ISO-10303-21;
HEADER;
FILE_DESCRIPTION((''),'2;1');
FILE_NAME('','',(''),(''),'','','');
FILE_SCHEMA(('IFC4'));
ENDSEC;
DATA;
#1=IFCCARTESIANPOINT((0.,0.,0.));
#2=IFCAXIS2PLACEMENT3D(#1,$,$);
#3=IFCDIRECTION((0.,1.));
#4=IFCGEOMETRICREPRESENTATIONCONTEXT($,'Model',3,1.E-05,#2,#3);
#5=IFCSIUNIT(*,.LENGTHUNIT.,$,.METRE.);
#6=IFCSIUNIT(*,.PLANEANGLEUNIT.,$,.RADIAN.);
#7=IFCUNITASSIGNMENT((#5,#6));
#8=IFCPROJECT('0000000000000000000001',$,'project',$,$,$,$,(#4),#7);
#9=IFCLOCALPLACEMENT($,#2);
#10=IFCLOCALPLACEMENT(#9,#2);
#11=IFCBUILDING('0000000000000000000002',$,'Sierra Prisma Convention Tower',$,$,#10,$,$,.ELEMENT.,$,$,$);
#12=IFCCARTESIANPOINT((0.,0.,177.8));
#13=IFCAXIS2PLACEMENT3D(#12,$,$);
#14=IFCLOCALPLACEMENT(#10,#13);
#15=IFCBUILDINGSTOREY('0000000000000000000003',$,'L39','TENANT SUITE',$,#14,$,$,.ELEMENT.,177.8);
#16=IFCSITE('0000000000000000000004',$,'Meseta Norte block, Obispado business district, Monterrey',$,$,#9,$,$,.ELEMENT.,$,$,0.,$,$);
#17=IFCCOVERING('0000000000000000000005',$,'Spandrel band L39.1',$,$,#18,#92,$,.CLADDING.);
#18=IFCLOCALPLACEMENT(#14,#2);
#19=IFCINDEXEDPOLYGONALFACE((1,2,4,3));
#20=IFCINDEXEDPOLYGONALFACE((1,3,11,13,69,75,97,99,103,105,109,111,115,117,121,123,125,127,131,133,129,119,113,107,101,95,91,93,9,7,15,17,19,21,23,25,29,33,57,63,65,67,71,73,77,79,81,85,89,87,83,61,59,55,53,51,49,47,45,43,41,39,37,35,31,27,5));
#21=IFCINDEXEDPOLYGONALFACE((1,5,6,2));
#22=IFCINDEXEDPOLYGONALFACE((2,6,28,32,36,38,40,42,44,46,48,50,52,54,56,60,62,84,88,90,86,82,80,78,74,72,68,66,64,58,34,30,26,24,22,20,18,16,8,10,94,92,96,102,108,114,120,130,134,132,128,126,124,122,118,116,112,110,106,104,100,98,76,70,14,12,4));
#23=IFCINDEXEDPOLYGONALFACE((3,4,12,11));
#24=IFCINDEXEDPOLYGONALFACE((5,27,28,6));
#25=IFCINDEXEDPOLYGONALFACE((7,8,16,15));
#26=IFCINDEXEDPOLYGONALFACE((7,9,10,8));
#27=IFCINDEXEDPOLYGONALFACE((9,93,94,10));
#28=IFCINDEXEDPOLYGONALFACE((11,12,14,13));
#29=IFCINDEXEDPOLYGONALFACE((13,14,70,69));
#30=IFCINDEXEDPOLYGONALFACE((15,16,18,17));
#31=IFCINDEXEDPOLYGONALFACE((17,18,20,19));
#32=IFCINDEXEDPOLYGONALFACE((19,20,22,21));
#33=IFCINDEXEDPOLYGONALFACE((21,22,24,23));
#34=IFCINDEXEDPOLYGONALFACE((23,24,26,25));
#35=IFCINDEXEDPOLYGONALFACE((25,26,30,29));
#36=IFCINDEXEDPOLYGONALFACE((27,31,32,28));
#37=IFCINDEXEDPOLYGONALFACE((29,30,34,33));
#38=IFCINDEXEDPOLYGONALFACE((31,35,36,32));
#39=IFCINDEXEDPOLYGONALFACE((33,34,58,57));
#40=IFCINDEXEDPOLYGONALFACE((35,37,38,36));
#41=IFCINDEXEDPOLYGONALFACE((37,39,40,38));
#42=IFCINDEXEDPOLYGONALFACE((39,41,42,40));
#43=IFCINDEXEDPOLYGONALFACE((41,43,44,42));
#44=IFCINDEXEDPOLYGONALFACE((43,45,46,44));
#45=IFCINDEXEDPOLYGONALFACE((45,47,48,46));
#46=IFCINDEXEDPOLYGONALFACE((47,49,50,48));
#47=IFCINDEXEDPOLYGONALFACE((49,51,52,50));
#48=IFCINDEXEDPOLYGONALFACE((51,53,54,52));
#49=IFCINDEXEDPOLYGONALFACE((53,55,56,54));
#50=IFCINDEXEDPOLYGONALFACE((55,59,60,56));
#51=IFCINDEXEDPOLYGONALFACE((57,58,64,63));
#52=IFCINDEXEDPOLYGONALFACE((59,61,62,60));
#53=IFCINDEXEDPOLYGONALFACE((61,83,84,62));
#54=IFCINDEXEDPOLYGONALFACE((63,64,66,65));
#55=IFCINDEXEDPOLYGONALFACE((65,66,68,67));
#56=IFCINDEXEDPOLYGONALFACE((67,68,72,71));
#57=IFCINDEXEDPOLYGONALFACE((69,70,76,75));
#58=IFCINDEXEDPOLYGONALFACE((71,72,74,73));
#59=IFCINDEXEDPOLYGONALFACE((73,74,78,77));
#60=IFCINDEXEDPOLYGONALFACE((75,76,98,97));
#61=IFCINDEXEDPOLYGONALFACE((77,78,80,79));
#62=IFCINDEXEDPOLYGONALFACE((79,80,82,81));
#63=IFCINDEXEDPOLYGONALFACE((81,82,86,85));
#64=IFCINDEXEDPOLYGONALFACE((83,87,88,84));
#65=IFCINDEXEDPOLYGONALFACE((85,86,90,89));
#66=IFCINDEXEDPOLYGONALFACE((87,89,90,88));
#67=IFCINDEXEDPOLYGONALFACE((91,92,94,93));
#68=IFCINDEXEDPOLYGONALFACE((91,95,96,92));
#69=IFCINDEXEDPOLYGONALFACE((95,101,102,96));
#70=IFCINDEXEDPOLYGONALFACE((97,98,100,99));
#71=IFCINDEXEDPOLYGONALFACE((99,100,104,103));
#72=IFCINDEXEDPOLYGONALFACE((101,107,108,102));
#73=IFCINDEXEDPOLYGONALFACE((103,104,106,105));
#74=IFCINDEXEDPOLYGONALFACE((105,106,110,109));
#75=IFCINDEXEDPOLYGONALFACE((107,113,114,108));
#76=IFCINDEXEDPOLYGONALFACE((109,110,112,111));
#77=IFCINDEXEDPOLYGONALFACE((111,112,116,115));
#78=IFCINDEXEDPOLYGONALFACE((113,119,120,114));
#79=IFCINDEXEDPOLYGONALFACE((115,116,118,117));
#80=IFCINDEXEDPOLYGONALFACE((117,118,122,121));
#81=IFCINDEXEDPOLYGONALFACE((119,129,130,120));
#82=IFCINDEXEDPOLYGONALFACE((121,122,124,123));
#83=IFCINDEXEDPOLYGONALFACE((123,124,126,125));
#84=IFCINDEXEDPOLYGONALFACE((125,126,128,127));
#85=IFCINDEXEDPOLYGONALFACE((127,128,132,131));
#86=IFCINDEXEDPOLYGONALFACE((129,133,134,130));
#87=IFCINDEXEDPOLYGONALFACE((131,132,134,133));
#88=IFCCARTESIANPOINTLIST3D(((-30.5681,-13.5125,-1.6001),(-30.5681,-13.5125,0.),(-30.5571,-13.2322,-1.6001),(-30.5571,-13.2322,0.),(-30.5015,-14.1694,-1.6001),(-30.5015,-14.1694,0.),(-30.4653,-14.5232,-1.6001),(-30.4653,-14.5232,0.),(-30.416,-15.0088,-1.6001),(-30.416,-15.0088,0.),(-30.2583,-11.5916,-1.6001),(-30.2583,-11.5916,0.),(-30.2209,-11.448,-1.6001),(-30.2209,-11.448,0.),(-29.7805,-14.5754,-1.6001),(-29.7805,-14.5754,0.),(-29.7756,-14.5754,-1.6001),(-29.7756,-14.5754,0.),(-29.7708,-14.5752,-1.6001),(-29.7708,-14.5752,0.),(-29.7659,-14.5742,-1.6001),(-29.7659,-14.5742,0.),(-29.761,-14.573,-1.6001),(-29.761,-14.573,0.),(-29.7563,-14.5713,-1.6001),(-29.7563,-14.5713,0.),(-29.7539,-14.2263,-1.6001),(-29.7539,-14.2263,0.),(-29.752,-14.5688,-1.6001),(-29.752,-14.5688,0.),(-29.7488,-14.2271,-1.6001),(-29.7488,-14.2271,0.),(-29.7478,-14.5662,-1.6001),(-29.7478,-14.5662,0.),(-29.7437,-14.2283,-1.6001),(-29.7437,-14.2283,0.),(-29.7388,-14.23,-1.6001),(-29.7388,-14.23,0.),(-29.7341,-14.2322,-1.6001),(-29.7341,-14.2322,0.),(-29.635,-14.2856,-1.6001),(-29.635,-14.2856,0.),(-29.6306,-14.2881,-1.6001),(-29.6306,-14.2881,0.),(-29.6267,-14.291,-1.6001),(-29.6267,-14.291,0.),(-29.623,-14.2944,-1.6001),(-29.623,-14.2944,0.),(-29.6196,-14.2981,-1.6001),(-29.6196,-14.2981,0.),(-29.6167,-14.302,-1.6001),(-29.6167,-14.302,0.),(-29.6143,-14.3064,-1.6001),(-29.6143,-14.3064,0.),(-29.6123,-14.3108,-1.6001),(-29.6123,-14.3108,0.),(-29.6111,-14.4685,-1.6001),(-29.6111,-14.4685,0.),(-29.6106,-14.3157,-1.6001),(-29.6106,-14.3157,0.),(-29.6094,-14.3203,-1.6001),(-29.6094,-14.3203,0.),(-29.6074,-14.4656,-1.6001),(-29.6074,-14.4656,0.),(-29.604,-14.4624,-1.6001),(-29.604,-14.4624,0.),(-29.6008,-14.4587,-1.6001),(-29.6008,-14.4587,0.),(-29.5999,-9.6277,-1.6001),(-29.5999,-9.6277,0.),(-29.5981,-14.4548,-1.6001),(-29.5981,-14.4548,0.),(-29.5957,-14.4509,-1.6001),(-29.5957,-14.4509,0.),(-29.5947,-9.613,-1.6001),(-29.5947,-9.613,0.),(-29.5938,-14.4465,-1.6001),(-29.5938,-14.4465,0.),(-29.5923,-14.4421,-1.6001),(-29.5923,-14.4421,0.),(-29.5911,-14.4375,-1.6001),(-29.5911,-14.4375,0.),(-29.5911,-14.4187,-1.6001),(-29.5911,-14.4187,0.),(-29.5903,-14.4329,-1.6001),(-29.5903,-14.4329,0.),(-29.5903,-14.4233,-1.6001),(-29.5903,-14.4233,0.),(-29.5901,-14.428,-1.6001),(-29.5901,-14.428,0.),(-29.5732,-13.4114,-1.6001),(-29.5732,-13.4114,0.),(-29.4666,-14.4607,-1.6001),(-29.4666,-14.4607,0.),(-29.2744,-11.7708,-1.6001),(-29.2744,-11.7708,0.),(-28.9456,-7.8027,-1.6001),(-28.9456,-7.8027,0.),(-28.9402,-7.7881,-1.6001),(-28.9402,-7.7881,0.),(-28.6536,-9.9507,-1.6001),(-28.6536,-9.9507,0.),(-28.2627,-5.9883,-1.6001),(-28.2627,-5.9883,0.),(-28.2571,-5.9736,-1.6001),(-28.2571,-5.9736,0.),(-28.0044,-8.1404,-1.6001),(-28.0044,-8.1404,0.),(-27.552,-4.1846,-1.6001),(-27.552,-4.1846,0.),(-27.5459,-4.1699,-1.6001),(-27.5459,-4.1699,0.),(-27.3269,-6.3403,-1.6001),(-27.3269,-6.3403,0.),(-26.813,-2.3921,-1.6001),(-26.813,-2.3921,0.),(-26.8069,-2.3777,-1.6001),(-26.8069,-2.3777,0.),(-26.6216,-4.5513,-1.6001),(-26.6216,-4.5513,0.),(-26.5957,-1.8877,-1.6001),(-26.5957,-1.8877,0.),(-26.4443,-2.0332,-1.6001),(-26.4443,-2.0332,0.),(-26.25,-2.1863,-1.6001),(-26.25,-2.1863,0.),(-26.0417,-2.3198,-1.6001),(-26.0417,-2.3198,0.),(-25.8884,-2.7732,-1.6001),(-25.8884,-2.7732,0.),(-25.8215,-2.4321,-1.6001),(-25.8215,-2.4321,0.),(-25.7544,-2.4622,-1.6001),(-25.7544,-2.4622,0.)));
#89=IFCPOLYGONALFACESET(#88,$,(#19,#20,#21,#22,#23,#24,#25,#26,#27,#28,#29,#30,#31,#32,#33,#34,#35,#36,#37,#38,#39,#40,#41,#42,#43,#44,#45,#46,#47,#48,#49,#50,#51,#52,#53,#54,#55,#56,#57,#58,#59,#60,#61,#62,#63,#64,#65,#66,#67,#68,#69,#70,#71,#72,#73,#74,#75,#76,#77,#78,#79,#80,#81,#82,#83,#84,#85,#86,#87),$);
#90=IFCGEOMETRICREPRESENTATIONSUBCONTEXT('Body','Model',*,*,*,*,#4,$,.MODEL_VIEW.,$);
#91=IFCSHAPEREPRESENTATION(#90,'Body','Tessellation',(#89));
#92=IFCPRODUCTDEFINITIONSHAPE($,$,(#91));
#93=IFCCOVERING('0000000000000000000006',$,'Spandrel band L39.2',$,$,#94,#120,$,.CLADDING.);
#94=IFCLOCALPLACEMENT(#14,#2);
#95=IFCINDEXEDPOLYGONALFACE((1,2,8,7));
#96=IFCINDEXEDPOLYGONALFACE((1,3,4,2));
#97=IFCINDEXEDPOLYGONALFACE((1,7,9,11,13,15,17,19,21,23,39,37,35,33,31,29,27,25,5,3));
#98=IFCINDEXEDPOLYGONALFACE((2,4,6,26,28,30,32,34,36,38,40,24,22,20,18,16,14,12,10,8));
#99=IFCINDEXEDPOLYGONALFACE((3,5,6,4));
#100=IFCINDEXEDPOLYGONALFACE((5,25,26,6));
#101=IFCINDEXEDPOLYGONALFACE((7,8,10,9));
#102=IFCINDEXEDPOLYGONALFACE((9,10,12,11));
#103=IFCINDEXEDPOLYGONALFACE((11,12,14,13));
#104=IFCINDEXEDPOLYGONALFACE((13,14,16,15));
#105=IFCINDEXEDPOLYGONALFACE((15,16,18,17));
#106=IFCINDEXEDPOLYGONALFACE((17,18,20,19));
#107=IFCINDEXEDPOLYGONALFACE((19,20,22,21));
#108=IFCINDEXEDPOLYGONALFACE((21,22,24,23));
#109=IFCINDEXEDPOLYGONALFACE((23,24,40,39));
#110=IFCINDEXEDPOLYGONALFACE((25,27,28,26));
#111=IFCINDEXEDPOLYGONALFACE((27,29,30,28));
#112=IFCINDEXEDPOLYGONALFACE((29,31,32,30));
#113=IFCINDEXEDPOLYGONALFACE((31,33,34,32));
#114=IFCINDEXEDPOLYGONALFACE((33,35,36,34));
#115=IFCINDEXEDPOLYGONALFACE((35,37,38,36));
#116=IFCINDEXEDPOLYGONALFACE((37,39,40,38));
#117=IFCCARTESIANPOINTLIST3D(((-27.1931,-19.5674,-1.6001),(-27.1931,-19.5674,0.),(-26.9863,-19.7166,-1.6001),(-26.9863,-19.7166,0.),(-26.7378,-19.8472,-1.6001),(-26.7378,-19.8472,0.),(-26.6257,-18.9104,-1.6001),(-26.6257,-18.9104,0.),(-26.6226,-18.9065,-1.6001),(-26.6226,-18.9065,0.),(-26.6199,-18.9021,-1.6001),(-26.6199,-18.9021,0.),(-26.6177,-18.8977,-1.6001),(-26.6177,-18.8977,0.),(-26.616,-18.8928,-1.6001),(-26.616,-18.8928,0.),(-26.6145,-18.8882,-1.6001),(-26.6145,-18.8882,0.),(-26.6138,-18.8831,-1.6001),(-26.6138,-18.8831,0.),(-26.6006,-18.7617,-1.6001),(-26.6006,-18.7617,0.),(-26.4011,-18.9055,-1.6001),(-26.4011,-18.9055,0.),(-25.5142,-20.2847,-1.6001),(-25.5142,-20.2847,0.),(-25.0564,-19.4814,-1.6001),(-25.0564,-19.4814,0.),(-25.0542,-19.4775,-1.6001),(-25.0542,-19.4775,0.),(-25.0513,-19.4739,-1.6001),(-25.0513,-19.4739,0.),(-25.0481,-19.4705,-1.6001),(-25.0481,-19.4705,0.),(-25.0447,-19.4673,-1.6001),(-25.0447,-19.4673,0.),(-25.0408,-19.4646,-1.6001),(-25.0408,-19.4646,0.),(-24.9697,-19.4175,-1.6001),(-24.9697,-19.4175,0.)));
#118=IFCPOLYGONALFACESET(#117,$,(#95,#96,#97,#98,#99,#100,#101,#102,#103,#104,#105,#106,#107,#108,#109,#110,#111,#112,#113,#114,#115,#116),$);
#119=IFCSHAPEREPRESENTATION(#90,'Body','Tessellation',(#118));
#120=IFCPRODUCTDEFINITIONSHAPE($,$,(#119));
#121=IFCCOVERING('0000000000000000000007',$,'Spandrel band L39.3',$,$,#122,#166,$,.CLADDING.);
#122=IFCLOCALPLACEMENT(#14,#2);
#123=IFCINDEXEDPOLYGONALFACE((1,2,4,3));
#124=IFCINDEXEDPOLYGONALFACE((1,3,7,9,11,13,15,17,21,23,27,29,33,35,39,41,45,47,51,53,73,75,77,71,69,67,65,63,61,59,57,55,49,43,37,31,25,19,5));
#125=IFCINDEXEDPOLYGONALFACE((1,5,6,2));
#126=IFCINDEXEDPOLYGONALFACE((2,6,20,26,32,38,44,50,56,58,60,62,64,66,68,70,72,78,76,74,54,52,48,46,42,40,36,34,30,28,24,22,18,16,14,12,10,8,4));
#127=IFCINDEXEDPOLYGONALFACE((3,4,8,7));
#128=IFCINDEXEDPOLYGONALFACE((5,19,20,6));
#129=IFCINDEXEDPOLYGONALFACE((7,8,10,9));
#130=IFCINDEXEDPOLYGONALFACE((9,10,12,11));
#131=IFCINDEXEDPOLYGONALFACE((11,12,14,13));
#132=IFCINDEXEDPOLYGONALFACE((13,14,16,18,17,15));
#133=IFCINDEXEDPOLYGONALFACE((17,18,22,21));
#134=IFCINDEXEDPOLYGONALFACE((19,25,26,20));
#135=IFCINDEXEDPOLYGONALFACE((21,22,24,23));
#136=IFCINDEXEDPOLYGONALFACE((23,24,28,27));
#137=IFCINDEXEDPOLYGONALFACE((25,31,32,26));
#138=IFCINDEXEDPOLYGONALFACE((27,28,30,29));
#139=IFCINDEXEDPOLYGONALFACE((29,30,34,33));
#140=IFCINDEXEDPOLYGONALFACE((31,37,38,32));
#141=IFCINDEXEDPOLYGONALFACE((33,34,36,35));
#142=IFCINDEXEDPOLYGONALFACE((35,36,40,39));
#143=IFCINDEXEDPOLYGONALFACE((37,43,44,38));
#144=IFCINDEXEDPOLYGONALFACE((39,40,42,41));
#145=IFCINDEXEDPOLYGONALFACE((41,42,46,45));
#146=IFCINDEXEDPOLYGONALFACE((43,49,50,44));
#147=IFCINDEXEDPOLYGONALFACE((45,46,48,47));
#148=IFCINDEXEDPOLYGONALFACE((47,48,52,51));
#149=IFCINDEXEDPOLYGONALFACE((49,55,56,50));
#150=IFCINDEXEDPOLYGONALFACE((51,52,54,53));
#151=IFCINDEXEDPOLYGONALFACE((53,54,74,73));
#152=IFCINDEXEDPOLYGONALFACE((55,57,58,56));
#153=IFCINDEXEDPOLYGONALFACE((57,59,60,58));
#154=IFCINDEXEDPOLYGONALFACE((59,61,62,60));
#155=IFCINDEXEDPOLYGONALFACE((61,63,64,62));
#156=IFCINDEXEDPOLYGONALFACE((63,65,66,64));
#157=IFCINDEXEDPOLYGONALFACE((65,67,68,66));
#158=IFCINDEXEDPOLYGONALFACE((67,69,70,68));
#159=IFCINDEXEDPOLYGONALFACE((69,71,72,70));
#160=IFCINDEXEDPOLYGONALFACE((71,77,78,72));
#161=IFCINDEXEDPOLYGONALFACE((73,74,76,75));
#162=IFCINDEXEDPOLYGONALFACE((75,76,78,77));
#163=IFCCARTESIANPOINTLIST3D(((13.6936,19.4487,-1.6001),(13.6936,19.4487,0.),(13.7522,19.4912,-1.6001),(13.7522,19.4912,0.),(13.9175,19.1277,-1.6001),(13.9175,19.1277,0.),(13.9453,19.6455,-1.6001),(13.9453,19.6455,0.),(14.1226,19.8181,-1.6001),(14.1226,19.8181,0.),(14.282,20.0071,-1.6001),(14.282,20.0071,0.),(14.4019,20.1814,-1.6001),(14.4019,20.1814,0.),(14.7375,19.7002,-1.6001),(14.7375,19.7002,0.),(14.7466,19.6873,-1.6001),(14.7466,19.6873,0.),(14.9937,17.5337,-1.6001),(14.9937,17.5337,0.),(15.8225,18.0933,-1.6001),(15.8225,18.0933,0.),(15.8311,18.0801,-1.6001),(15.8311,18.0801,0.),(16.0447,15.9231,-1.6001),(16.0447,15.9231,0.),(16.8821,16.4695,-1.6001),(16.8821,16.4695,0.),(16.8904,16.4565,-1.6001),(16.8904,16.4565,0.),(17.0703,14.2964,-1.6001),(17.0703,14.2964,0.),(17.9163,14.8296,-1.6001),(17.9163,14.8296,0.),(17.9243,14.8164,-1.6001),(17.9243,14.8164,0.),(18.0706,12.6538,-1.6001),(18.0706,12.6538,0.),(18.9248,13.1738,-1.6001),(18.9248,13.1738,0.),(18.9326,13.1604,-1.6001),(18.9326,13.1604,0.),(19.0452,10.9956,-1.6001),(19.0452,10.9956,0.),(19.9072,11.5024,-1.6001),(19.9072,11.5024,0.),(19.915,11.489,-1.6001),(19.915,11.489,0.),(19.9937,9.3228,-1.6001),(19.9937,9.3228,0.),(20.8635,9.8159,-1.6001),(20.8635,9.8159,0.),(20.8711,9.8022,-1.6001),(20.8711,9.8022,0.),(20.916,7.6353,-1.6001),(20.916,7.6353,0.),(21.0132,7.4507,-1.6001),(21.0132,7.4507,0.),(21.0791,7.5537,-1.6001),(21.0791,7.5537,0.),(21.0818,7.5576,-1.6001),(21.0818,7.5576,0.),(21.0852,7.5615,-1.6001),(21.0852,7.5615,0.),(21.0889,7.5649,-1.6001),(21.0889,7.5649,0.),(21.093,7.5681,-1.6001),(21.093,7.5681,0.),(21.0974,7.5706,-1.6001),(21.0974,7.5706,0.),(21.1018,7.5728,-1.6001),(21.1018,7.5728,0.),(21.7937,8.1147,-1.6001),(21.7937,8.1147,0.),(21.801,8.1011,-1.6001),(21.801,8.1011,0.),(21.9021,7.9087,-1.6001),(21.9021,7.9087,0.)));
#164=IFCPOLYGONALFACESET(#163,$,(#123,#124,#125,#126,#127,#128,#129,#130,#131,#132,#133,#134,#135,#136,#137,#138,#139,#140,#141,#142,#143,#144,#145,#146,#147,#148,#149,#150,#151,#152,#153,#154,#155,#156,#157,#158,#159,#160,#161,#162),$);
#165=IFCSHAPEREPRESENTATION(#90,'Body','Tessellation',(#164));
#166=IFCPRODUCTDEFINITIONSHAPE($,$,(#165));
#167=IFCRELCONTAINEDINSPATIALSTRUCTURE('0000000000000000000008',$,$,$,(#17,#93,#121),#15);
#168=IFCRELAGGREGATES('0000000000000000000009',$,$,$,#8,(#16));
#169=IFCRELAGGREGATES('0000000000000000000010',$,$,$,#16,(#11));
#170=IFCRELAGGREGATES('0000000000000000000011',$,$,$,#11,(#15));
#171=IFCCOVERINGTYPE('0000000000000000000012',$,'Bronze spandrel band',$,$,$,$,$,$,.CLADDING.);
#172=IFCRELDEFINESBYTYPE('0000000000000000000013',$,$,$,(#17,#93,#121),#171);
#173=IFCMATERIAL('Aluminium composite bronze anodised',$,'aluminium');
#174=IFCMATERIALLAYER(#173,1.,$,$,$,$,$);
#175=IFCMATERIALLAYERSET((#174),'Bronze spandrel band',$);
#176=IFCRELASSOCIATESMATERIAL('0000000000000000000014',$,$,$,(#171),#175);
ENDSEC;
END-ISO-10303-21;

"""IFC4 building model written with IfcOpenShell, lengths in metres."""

from ifc_helpers import new_model, si_unit, direction, frame, origin, place, context, subcontext, project, spatial, polyline, outline, extrude, material, layer, layer_set, type_object, element, save


model = new_model("IFC4")

# Units and contexts
model_context = context("Model", 3, precision=1e-05, world=origin(), true_north=direction((0.0, 1.0)))
body_context = subcontext(model_context, "Body", "Model", "MODEL_VIEW")
ifc_project = project(units=[si_unit("LENGTHUNIT", "METRE"), si_unit("PLANEANGLEUNIT", "RADIAN")], contexts=[model_context])

# Site, building, storey
site_placement = place(None, origin())
site = spatial("IfcSite", under=ifc_project, at=site_placement, Name="Meseta Norte block, Obispado business district, Monterrey", CompositionType="ELEMENT", RefElevation=0.0)
building_placement = place(site_placement, origin())
building = spatial("IfcBuilding", under=site, at=building_placement, Name="Sierra Prisma Convention Tower", CompositionType="ELEMENT")
storey_placement = place(building_placement, frame((0.0, 0.0, 177.8)))
storey = spatial("IfcBuildingStorey", under=building, at=storey_placement, Name="L39", Description="TENANT SUITE", CompositionType="ELEMENT", Elevation=177.8)

# Coverings
ifc_material_1 = material(Name="Aluminium composite bronze anodised", Category="aluminium")
ifc_layer_1 = layer(ifc_material_1, 1.0)
ifc_layer_set_1 = layer_set([ifc_layer_1], Name="Bronze spandrel band")
covering_type = type_object("IfcCoveringType", Name="Bronze spandrel band", PredefinedType="CLADDING", material=ifc_layer_set_1)
covering_1_placement = place(storey_placement, frame((0.0, 0.0, -1.6001)))
element("IfcCovering", 1, at=covering_1_placement, inside=storey, type_object=covering_type, Name="Spandrel band L39.1", PredefinedType="CLADDING", context=body_context, shape_type="SweptSolid", body=[
    extrude(outline(polyline([(-29.6094, -14.3203), (-29.6106, -14.3157), (-29.6123, -14.3108), (-29.6143, -14.3064), (-29.6167, -14.302), (-29.6196, -14.2981), (-29.623, -14.2944), (-29.6267, -14.291), (-29.6306, -14.2881), (-29.635, -14.2856), (-29.7341, -14.2322), (-29.7388, -14.23), (-29.7437, -14.2283), (-29.7488, -14.2271), (-29.7539, -14.2263), (-30.5015, -14.1694), (-30.5681, -13.5125), (-30.5571, -13.2322), (-30.2583, -11.5916), (-30.2209, -11.448), (-29.5999, -9.6277), (-29.5947, -9.613), (-28.9456, -7.8027), (-28.9402, -7.7881), (-28.2627, -5.9883), (-28.2571, -5.9736), (-27.552, -4.1846), (-27.5459, -4.1699), (-26.813, -2.3921), (-26.8069, -2.3777), (-26.5957, -1.8877), (-26.4443, -2.0332), (-26.25, -2.1863), (-26.0417, -2.3198), (-25.8215, -2.4321), (-25.7544, -2.4622), (-25.8884, -2.7732), (-26.6216, -4.5513), (-27.3269, -6.3403), (-28.0044, -8.1404), (-28.6536, -9.9507), (-29.2744, -11.7708), (-29.5732, -13.4114), (-29.4666, -14.4607), (-30.416, -15.0088), (-30.4653, -14.5232), (-29.7805, -14.5754), (-29.7756, -14.5754), (-29.7708, -14.5752), (-29.7659, -14.5742), (-29.761, -14.573), (-29.7563, -14.5713), (-29.752, -14.5688), (-29.7478, -14.5662), (-29.6111, -14.4685), (-29.6074, -14.4656), (-29.604, -14.4624), (-29.6008, -14.4587), (-29.5981, -14.4548), (-29.5957, -14.4509), (-29.5938, -14.4465), (-29.5923, -14.4421), (-29.5911, -14.4375), (-29.5903, -14.4329), (-29.5901, -14.428), (-29.5903, -14.4233), (-29.5911, -14.4187), (-29.6094, -14.3203)])), origin(), (0.0, 0.0, 1.0), 1.6001),
])
covering_2_placement = place(storey_placement, frame((0.0, 0.0, -1.6001)))
element("IfcCovering", 2, at=covering_2_placement, inside=storey, type_object=covering_type, Name="Spandrel band L39.2", PredefinedType="CLADDING", context=body_context, shape_type="SweptSolid", body=[
    extrude(outline(polyline([(-25.0481, -19.4705), (-25.0513, -19.4739), (-25.0542, -19.4775), (-25.0564, -19.4814), (-25.5142, -20.2847), (-26.7378, -19.8472), (-26.9863, -19.7166), (-27.1931, -19.5674), (-26.6257, -18.9104), (-26.6226, -18.9065), (-26.6199, -18.9021), (-26.6177, -18.8977), (-26.616, -18.8928), (-26.6145, -18.8882), (-26.6138, -18.8831), (-26.6006, -18.7617), (-26.4011, -18.9055), (-24.9697, -19.4175), (-25.0408, -19.4646), (-25.0447, -19.4673), (-25.0481, -19.4705)])), origin(), (0.0, 0.0, 1.0), 1.6001),
])
covering_3_placement = place(storey_placement, frame((0.0, 0.0, -1.6001)))
element("IfcCovering", 3, at=covering_3_placement, inside=storey, type_object=covering_type, Name="Spandrel band L39.3", PredefinedType="CLADDING", context=body_context, shape_type="SweptSolid", body=[
    extrude(outline(polyline([(15.8225, 18.0933), (15.8311, 18.0801), (16.8821, 16.4695), (16.8904, 16.4565), (17.9163, 14.8296), (17.9243, 14.8164), (18.9248, 13.1738), (18.9326, 13.1604), (19.9072, 11.5024), (19.915, 11.489), (20.8635, 9.8159), (20.8711, 9.8022), (21.7937, 8.1147), (21.801, 8.1011), (21.9021, 7.9087), (21.1018, 7.5728), (21.0974, 7.5706), (21.093, 7.5681), (21.0889, 7.5649), (21.0852, 7.5615), (21.0818, 7.5576), (21.0791, 7.5537), (21.0132, 7.4507), (20.916, 7.6353), (19.9937, 9.3228), (19.0452, 10.9956), (18.0706, 12.6538), (17.0703, 14.2964), (16.0447, 15.9231), (14.9937, 17.5337), (13.9175, 19.1277), (13.6936, 19.4487), (13.7522, 19.4912), (13.9453, 19.6455), (14.1226, 19.8181), (14.282, 20.0071), (14.4019, 20.1814), (14.7375, 19.7002), (14.7466, 19.6873), (15.8225, 18.0933)])), origin(), (0.0, 0.0, 1.0), 1.6001),
])

save(model, "model.ifc")
